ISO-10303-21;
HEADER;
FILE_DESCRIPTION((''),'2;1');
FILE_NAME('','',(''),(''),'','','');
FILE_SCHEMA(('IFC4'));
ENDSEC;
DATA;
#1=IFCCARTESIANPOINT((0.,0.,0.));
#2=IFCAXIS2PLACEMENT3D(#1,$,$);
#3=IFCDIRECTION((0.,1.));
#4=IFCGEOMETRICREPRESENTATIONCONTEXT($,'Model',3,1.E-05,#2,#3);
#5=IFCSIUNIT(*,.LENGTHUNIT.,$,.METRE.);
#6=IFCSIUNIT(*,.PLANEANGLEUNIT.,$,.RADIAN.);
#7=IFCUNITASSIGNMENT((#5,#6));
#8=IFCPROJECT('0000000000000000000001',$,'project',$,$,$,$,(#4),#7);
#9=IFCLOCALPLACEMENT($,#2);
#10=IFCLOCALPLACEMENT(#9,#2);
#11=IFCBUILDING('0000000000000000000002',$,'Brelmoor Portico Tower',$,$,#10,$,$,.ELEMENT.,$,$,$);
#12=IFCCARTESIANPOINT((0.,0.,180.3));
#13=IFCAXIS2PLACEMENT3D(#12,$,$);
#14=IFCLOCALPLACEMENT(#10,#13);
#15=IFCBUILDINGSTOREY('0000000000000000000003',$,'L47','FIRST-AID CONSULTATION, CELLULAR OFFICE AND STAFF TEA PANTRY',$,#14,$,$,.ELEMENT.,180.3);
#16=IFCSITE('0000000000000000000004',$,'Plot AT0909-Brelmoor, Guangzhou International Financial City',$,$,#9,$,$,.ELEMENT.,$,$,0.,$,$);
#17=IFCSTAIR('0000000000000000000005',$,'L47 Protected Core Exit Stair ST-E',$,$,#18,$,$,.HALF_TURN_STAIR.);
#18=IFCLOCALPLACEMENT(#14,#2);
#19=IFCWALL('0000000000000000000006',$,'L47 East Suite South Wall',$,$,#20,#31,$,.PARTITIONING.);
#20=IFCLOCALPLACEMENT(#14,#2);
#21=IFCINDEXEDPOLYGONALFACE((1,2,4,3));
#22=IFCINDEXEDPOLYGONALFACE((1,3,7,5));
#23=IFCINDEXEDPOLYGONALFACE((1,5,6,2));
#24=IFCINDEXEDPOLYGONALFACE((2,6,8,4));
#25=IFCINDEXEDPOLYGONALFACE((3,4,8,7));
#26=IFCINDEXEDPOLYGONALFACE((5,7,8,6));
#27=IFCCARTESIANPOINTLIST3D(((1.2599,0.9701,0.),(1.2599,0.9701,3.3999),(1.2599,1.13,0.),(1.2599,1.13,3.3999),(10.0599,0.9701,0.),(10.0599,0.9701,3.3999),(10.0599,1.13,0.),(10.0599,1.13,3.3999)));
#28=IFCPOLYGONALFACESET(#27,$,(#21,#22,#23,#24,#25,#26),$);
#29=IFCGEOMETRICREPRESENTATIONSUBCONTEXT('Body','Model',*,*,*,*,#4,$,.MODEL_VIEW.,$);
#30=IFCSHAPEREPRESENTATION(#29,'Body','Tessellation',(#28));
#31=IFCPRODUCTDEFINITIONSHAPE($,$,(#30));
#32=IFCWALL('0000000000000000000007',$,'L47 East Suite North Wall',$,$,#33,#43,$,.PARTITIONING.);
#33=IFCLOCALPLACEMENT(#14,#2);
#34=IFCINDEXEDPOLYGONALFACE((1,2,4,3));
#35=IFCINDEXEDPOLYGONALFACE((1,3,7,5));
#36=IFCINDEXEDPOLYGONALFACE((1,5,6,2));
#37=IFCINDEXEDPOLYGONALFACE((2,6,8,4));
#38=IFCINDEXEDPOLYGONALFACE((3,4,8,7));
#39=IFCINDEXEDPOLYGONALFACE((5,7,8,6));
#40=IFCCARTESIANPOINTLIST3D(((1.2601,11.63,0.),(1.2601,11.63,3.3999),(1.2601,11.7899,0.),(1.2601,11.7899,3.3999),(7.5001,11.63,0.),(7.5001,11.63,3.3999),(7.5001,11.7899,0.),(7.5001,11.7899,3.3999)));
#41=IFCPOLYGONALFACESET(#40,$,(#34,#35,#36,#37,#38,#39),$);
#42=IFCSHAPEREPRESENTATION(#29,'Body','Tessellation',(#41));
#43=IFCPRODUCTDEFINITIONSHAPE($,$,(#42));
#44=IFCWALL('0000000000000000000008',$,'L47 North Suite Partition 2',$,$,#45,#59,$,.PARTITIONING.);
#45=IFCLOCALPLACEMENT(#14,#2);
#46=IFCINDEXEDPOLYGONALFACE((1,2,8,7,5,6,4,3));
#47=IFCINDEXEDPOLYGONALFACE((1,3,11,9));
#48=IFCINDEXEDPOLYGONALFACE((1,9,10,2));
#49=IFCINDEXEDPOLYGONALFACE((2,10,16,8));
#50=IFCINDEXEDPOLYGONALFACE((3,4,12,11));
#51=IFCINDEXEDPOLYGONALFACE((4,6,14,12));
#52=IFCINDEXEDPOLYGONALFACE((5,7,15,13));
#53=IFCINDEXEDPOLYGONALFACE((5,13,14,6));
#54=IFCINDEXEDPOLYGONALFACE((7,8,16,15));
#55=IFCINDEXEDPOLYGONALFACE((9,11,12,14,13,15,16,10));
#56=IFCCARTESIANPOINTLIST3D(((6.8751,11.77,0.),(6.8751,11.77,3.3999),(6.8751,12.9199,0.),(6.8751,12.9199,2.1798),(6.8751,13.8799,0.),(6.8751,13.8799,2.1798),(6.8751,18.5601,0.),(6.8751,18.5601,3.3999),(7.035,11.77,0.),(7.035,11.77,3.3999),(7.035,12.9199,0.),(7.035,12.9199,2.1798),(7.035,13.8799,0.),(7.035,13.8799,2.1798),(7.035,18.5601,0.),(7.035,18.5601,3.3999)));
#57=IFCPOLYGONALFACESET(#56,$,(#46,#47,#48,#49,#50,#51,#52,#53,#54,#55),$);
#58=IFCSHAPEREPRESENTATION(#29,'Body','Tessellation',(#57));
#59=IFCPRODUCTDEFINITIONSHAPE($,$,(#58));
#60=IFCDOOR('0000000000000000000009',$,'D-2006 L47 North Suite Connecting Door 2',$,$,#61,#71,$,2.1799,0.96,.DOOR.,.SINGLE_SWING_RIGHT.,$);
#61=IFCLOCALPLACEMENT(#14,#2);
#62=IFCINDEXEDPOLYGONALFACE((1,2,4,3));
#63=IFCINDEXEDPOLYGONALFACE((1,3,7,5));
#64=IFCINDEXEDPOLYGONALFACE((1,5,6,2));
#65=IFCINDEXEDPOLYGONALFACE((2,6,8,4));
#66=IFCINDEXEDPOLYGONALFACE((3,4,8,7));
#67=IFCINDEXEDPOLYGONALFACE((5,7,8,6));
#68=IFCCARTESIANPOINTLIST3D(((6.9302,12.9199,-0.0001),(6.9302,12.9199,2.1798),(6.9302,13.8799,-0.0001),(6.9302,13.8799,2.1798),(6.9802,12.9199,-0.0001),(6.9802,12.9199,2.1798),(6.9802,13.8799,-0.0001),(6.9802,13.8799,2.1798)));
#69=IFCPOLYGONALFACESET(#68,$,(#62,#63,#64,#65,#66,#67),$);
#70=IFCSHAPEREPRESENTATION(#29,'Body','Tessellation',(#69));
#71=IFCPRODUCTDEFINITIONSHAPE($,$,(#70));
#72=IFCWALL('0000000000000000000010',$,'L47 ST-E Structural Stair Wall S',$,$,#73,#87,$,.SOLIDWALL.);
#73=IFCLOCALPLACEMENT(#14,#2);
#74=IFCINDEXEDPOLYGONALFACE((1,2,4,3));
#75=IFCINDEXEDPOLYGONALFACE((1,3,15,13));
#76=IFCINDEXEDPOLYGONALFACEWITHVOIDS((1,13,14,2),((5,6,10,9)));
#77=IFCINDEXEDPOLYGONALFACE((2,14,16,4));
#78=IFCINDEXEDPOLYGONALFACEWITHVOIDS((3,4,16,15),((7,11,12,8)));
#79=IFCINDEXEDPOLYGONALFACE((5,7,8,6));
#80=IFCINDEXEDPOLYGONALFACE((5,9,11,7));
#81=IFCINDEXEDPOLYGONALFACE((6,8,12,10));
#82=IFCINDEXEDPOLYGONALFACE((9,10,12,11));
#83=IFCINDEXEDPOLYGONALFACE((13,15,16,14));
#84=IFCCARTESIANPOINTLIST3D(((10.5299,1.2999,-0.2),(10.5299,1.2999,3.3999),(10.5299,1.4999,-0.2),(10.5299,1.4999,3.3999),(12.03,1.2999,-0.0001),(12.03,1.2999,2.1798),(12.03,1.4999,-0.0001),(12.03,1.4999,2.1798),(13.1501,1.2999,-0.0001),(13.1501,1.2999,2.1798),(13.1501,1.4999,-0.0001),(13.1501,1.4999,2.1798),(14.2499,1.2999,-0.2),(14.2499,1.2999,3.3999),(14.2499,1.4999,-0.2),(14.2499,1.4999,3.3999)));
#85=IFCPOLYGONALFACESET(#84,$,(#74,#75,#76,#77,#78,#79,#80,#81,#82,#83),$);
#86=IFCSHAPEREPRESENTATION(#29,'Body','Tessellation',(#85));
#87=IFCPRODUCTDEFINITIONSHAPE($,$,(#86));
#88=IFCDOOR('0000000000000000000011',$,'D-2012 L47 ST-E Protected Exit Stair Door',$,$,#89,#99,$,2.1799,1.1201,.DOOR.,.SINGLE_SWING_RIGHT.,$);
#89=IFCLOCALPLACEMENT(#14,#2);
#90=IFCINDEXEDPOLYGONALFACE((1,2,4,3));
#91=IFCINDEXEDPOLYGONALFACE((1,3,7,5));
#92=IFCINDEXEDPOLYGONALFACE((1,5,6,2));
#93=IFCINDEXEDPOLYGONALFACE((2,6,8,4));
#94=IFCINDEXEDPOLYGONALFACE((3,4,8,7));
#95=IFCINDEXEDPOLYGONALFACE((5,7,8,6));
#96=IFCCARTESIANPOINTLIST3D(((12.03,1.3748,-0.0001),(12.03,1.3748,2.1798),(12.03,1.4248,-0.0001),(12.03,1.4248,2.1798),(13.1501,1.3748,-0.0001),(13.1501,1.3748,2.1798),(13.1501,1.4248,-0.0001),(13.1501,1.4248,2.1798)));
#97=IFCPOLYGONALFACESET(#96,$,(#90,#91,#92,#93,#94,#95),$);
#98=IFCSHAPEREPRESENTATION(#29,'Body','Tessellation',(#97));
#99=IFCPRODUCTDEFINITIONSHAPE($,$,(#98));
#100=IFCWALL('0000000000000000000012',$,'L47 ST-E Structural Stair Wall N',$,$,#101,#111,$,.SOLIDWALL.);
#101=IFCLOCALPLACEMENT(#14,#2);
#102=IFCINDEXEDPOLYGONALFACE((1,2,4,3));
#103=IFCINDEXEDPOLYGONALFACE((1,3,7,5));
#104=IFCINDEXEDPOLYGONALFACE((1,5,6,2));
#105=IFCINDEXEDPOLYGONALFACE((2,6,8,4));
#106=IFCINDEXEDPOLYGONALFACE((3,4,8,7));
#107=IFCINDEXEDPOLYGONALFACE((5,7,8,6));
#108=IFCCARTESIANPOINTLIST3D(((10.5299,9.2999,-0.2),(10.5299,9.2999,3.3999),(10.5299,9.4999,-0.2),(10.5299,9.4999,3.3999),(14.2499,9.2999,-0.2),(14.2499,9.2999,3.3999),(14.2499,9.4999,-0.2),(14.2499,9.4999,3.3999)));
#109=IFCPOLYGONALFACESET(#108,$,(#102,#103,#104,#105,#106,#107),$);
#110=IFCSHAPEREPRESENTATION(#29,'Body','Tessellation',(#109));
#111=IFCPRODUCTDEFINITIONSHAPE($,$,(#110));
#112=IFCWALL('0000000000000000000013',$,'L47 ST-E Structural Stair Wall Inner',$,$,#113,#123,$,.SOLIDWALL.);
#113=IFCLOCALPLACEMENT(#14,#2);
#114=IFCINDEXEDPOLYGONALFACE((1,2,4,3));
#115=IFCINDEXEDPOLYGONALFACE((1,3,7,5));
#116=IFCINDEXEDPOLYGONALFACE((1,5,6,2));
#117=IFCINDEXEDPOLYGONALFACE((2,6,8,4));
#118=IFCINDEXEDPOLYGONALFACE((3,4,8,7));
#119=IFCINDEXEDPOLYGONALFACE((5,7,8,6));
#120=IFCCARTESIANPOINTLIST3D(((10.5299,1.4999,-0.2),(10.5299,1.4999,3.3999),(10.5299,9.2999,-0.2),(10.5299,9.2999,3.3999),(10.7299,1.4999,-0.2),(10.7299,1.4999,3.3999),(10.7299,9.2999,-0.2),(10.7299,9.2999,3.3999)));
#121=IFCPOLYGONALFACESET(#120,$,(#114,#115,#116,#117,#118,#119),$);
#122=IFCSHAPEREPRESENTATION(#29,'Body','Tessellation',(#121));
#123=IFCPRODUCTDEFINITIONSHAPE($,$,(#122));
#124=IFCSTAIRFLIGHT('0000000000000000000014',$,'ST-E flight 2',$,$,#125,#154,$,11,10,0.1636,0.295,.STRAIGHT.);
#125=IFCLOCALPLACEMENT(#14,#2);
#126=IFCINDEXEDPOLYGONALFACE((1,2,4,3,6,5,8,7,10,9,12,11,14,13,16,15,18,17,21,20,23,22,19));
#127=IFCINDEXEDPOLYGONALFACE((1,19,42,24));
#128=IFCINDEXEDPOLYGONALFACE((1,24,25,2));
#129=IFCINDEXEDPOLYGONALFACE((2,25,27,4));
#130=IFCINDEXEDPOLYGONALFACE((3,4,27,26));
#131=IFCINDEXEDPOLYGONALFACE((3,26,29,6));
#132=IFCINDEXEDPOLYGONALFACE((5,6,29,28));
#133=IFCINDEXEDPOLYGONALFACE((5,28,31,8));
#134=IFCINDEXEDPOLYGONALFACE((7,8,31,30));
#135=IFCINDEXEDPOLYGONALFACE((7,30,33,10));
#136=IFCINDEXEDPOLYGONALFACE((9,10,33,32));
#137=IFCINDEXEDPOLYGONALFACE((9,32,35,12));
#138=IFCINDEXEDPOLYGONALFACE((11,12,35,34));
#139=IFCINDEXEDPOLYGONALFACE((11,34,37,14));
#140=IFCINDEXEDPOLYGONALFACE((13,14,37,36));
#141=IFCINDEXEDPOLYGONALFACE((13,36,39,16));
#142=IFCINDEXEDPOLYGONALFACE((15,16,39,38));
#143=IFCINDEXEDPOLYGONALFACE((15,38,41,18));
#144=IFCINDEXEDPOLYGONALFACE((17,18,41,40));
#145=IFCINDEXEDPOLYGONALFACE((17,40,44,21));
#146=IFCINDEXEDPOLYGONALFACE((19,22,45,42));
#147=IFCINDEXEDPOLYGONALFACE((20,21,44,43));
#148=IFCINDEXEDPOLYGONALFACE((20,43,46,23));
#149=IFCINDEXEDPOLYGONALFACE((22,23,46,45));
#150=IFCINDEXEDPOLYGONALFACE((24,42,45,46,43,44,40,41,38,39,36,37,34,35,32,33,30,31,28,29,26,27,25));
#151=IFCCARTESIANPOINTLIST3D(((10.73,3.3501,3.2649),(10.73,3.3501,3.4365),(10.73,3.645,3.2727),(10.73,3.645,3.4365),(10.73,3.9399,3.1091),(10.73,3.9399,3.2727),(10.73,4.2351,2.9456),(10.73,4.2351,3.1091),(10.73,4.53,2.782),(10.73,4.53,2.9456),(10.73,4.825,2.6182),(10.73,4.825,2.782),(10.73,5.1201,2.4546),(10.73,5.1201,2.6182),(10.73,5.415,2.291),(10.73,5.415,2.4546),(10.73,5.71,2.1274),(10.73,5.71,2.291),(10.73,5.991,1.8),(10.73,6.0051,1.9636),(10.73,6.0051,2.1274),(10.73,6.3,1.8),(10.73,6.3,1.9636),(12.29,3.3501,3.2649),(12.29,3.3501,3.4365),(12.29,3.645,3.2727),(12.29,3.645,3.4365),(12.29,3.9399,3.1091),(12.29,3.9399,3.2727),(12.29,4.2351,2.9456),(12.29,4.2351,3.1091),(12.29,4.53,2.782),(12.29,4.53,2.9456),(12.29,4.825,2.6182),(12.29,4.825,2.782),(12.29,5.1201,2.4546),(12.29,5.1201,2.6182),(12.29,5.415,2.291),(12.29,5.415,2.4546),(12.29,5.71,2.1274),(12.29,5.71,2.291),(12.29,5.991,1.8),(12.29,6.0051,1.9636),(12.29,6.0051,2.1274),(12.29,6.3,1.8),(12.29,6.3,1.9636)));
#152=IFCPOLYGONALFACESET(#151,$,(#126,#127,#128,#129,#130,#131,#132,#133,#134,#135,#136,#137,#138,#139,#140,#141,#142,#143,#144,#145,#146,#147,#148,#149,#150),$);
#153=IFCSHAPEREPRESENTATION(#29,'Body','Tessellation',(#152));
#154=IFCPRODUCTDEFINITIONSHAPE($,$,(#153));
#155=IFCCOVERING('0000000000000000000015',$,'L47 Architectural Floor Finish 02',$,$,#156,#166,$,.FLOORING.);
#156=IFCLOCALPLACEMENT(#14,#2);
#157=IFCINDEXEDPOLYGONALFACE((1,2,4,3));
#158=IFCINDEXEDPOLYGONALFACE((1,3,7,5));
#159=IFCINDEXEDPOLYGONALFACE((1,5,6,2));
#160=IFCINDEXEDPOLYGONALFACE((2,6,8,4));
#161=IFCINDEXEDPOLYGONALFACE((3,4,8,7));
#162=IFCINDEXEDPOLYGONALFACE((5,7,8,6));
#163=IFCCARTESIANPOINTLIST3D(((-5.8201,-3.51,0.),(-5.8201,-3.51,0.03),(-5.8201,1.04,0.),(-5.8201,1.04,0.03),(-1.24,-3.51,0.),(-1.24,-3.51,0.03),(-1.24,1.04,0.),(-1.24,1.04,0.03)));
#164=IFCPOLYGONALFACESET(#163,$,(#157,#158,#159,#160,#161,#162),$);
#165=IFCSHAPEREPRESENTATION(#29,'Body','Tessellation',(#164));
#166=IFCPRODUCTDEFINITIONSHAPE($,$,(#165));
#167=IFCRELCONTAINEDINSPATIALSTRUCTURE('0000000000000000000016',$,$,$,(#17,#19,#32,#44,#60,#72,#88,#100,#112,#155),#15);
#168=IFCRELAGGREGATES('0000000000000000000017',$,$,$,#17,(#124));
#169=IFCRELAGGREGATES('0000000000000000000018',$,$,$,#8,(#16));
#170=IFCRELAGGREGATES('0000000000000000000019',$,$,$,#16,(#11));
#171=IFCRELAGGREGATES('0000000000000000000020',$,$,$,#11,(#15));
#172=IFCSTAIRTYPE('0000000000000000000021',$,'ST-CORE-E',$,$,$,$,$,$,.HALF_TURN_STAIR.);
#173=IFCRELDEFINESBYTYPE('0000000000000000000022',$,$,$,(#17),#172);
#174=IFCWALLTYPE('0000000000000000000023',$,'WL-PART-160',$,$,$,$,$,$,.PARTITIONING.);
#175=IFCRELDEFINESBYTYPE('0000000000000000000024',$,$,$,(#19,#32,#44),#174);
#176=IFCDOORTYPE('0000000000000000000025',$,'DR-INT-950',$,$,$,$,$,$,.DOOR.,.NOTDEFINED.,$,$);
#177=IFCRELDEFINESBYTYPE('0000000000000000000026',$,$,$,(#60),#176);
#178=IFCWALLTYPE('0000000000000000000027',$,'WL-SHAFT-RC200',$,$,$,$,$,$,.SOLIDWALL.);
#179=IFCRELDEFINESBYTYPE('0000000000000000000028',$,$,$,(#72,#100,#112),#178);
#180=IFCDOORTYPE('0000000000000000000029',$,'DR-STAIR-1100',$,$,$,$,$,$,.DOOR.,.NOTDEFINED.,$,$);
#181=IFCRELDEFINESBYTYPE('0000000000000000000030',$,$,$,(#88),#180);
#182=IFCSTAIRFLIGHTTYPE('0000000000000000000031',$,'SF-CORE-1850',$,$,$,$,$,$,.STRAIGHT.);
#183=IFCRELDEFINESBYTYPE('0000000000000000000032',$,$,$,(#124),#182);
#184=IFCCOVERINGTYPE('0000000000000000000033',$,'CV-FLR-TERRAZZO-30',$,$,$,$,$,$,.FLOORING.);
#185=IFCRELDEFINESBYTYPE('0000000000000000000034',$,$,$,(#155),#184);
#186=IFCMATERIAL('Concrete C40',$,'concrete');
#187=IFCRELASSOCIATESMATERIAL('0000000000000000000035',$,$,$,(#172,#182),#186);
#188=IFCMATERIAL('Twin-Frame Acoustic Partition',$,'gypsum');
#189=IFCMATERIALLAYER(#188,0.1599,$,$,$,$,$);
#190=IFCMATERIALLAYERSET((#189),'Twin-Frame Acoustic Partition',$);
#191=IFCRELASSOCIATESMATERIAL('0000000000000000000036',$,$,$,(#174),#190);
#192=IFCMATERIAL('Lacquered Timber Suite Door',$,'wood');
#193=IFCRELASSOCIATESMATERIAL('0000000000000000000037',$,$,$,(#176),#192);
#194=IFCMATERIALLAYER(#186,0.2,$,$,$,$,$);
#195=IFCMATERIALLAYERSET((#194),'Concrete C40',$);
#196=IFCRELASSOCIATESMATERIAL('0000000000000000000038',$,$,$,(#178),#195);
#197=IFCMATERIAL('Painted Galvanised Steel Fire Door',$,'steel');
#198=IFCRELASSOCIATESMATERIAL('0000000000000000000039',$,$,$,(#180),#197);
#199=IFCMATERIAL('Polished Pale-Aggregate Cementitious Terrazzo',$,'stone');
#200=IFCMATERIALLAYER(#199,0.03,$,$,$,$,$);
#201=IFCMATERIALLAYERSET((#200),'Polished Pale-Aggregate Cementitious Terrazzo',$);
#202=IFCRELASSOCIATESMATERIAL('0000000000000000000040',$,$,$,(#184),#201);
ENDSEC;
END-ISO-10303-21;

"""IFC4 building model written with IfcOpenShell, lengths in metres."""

from ifc_helpers import new_model, si_unit, direction, frame, frame_2d, origin, place, context, subcontext, project, spatial, polyline, rectangle, outline, extrude, material, layer, layer_set, type_object, element, fill, aggregate, save


model = new_model("IFC4")

# Units and contexts
model_context = context("Model", 3, precision=1e-05, world=origin(), true_north=direction((0.0, 1.0)))
body_context = subcontext(model_context, "Body", "Model", "MODEL_VIEW")
ifc_project = project(units=[si_unit("LENGTHUNIT", "METRE"), si_unit("PLANEANGLEUNIT", "RADIAN")], contexts=[model_context])

# Site, building, storey
site_placement = place(None, origin())
site = spatial("IfcSite", under=ifc_project, at=site_placement, Name="Plot AT0909-Brelmoor, Guangzhou International Financial City", CompositionType="ELEMENT", RefElevation=0.0)
building_placement = place(site_placement, origin())
building = spatial("IfcBuilding", under=site, at=building_placement, Name="Brelmoor Portico Tower", CompositionType="ELEMENT")
storey_placement = place(building_placement, frame((0.0, 0.0, 180.3)))
storey = spatial("IfcBuildingStorey", under=building, at=storey_placement, Name="L47", Description="FIRST-AID CONSULTATION, CELLULAR OFFICE AND STAFF TEA PANTRY", CompositionType="ELEMENT", Elevation=180.3)

# Stair
ifc_material_1 = material(Name="Concrete C40", Category="concrete")
stair_type_1 = type_object("IfcStairType", Name="ST-CORE-E", PredefinedType="HALF_TURN_STAIR", material=ifc_material_1)
stair_1_placement = place(storey_placement, origin())
stair_1 = element("IfcStair", 1, at=stair_1_placement, inside=storey, type_object=stair_type_1, Name="L47 Protected Core Exit Stair ST-E", PredefinedType="HALF_TURN_STAIR")

# Walls
ifc_material_2 = material(Name="Twin-Frame Acoustic Partition", Category="gypsum")
ifc_layer_1 = layer(ifc_material_2, 0.1599)
ifc_layer_set_1 = layer_set([ifc_layer_1], Name="Twin-Frame Acoustic Partition")
wall_type_1 = type_object("IfcWallType", Name="WL-PART-160", PredefinedType="PARTITIONING", material=ifc_layer_set_1)
wall_1_placement = place(storey_placement, frame((1.26, 1.05, 0.0), z_axis=(0.0, 0.0, 1.0), x_axis=(1.0, 0.0, 0.0)))
element("IfcWall", 2, at=wall_1_placement, inside=storey, type_object=wall_type_1, Name="L47 East Suite South Wall", PredefinedType="PARTITIONING", context=body_context, shape_type="SweptSolid", body=[
    extrude(rectangle(XDim=8.8, YDim=0.1599, at=frame_2d((4.3999, 0.0))), origin(), (0.0, 0.0, 1.0), 3.3999),
])
wall_2_placement = place(storey_placement, frame((1.26, 11.71, 0.0), z_axis=(0.0, 0.0, 1.0), x_axis=(1.0, 0.0, 0.0)))
element("IfcWall", 3, at=wall_2_placement, inside=storey, type_object=wall_type_1, Name="L47 East Suite North Wall", PredefinedType="PARTITIONING", context=body_context, shape_type="SweptSolid", body=[
    extrude(rectangle(XDim=6.24, YDim=0.1599, at=frame_2d((3.1201, 0.0))), origin(), (0.0, 0.0, 1.0), 3.3999),
])

# Walls, openings, doors
wall_3_placement = place(storey_placement, frame((6.9551, 11.77, 0.0), z_axis=(0.0, 0.0, 1.0), x_axis=(0.0, 1.0, 0.0)))
wall_3 = element("IfcWall", 4, at=wall_3_placement, inside=storey, type_object=wall_type_1, Name="L47 North Suite Partition 2", PredefinedType="PARTITIONING", context=body_context, shape_type="SweptSolid", body=[
    extrude(rectangle(XDim=6.79, YDim=0.1599, at=frame_2d((3.395, 0.0))), origin(), (0.0, 0.0, 1.0), 3.3999),
])
opening_1_placement = place(wall_3_placement, frame((1.1499, 0.0, 0.0)))
opening_1 = element("IfcOpeningElement", 5, at=opening_1_placement, cuts=wall_3, PredefinedType="OPENING", context=body_context, shape_type="SweptSolid", body=[
    extrude(rectangle(XDim=0.96, YDim=2.1799, at=frame_2d((0.48, 1.0898))), frame((0.0, 0.0898, 0.0), z_axis=(0.0, -1.0, 0.0), x_axis=(1.0, 0.0, 0.0)), (0.0, 0.0, 1.0), 0.1799),
])
ifc_material_3 = material(Name="Lacquered Timber Suite Door", Category="wood")
door_type_1 = type_object("IfcDoorType", Name="DR-INT-950", OperationType="NOTDEFINED", PredefinedType="DOOR", material=ifc_material_3)
door_1_placement = place(opening_1_placement, origin())
door_1 = element("IfcDoor", 6, at=door_1_placement, inside=storey, type_object=door_type_1, Name="D-2006 L47 North Suite Connecting Door 2", OperationType="SINGLE_SWING_RIGHT", OverallHeight=2.1799, OverallWidth=0.96, PredefinedType="DOOR", context=body_context, shape_type="SweptSolid", body=[
    extrude(rectangle(XDim=0.96, YDim=2.1799, at=frame_2d((0.48, 1.0898))), frame((0.0, 0.0249, 0.0), z_axis=(0.0, -1.0, 0.0), x_axis=(1.0, 0.0, 0.0)), (0.0, 0.0, 1.0), 0.05),
])
fill(opening_1, door_1)
ifc_layer_2 = layer(ifc_material_1, 0.2)
ifc_layer_set_2 = layer_set([ifc_layer_2], Name="Concrete C40")
wall_type_2 = type_object("IfcWallType", Name="WL-SHAFT-RC200", PredefinedType="SOLIDWALL", material=ifc_layer_set_2)
wall_4_placement = place(storey_placement, frame((10.53, 1.3999, -0.2), z_axis=(0.0, 0.0, 1.0), x_axis=(1.0, 0.0, 0.0)))
wall_4 = element("IfcWall", 7, at=wall_4_placement, inside=storey, type_object=wall_type_2, Name="L47 ST-E Structural Stair Wall S", PredefinedType="SOLIDWALL", context=body_context, shape_type="SweptSolid", body=[
    extrude(rectangle(XDim=3.72, YDim=0.2, at=frame_2d((1.8599, 0.0))), origin(), (0.0, 0.0, 1.0), 3.5999),
])
opening_2_placement = place(wall_4_placement, frame((1.5, 0.0, 0.2)))
opening_2 = element("IfcOpeningElement", 8, at=opening_2_placement, cuts=wall_4, PredefinedType="OPENING", context=body_context, shape_type="SweptSolid", body=[
    extrude(rectangle(XDim=1.1201, YDim=2.1799, at=frame_2d((0.5601, 1.0898))), frame((0.0, 0.1099, 0.0), z_axis=(0.0, -1.0, 0.0), x_axis=(1.0, 0.0, 0.0)), (0.0, 0.0, 1.0), 0.22),
])
ifc_material_4 = material(Name="Painted Galvanised Steel Fire Door", Category="steel")
door_type_2 = type_object("IfcDoorType", Name="DR-STAIR-1100", OperationType="NOTDEFINED", PredefinedType="DOOR", material=ifc_material_4)
door_2_placement = place(opening_2_placement, origin())
door_2 = element("IfcDoor", 9, at=door_2_placement, inside=storey, type_object=door_type_2, Name="D-2012 L47 ST-E Protected Exit Stair Door", OperationType="SINGLE_SWING_RIGHT", OverallHeight=2.1799, OverallWidth=1.1201, PredefinedType="DOOR", context=body_context, shape_type="SweptSolid", body=[
    extrude(rectangle(XDim=1.1201, YDim=2.1799, at=frame_2d((0.5601, 1.0898))), frame((0.0, 0.0249, 0.0), z_axis=(0.0, -1.0, 0.0), x_axis=(1.0, 0.0, 0.0)), (0.0, 0.0, 1.0), 0.05),
])
fill(opening_2, door_2)

# Walls
wall_5_placement = place(storey_placement, frame((10.53, 9.3999, -0.2), z_axis=(0.0, 0.0, 1.0), x_axis=(1.0, 0.0, 0.0)))
element("IfcWall", 10, at=wall_5_placement, inside=storey, type_object=wall_type_2, Name="L47 ST-E Structural Stair Wall N", PredefinedType="SOLIDWALL", context=body_context, shape_type="SweptSolid", body=[
    extrude(rectangle(XDim=3.72, YDim=0.2, at=frame_2d((1.8599, 0.0))), origin(), (0.0, 0.0, 1.0), 3.5999),
])
wall_6_placement = place(storey_placement, frame((10.6299, 1.5, -0.2), z_axis=(0.0, 0.0, 1.0), x_axis=(0.0, 1.0, 0.0)))
element("IfcWall", 11, at=wall_6_placement, inside=storey, type_object=wall_type_2, Name="L47 ST-E Structural Stair Wall Inner", PredefinedType="SOLIDWALL", context=body_context, shape_type="SweptSolid", body=[
    extrude(rectangle(XDim=7.8, YDim=0.2, at=frame_2d((3.8999, 0.0))), origin(), (0.0, 0.0, 1.0), 3.5999),
])

# Stair flight
stair_flight_type = type_object("IfcStairFlightType", Name="SF-CORE-1850", PredefinedType="STRAIGHT", material=ifc_material_1)
stair_flight_placement = place(storey_placement, frame((11.51, 6.3, 1.8), z_axis=(0.0, 0.0, 1.0), x_axis=(0.0, -1.0, 0.0)))
stair_flight = element("IfcStairFlight", 12, at=stair_flight_placement, type_object=stair_flight_type, Name="ST-E flight 2", NumberOfRisers=11, NumberOfTreads=10, PredefinedType="STRAIGHT", RiserHeight=0.1636, TreadLength=0.295, context=body_context, shape_type="SweptSolid", body=[
    extrude(outline(polyline([(0.0, 0.0), (0.0, 0.1636), (0.2949, 0.1636), (0.2949, 0.3274), (0.5901, 0.3274), (0.5901, 0.491), (0.885, 0.491), (0.885, 0.6545), (1.1799, 0.6545), (1.1799, 0.8181), (1.4751, 0.8181), (1.4751, 0.9819), (1.77, 0.9819), (1.77, 1.1455), (2.0649, 1.1455), (2.0649, 1.3091), (2.3601, 1.3091), (2.3601, 1.4727), (2.655, 1.4727), (2.655, 1.6365), (2.95, 1.6365), (2.95, 1.8), (2.95, 1.4648), (0.3091, 0.0), (0.0, 0.0)])), frame((0.0, 0.78, 0.0), z_axis=(0.0, -1.0, 0.0), x_axis=(1.0, 0.0, 0.0)), (0.0, 0.0, 1.0), 1.5601),
])
aggregate(stair_1, [stair_flight])

# Covering
ifc_material_5 = material(Name="Polished Pale-Aggregate Cementitious Terrazzo", Category="stone")
ifc_layer_3 = layer(ifc_material_5, 0.03)
ifc_layer_set_3 = layer_set([ifc_layer_3], Name="Polished Pale-Aggregate Cementitious Terrazzo")
covering_type_1 = type_object("IfcCoveringType", Name="CV-FLR-TERRAZZO-30", PredefinedType="FLOORING", material=ifc_layer_set_3)
covering_1_placement = place(storey_placement, origin())
element("IfcCovering", 13, at=covering_1_placement, inside=storey, type_object=covering_type_1, Name="L47 Architectural Floor Finish 02", PredefinedType="FLOORING", context=body_context, shape_type="SweptSolid", body=[
    extrude(outline(polyline([(-5.8201, -3.51), (-5.8201, 1.04), (-1.24, 1.04), (-1.24, -3.51), (-5.8201, -3.51)])), origin(), (0.0, 0.0, 1.0), 0.03),
])

save(model, "model.ifc")
